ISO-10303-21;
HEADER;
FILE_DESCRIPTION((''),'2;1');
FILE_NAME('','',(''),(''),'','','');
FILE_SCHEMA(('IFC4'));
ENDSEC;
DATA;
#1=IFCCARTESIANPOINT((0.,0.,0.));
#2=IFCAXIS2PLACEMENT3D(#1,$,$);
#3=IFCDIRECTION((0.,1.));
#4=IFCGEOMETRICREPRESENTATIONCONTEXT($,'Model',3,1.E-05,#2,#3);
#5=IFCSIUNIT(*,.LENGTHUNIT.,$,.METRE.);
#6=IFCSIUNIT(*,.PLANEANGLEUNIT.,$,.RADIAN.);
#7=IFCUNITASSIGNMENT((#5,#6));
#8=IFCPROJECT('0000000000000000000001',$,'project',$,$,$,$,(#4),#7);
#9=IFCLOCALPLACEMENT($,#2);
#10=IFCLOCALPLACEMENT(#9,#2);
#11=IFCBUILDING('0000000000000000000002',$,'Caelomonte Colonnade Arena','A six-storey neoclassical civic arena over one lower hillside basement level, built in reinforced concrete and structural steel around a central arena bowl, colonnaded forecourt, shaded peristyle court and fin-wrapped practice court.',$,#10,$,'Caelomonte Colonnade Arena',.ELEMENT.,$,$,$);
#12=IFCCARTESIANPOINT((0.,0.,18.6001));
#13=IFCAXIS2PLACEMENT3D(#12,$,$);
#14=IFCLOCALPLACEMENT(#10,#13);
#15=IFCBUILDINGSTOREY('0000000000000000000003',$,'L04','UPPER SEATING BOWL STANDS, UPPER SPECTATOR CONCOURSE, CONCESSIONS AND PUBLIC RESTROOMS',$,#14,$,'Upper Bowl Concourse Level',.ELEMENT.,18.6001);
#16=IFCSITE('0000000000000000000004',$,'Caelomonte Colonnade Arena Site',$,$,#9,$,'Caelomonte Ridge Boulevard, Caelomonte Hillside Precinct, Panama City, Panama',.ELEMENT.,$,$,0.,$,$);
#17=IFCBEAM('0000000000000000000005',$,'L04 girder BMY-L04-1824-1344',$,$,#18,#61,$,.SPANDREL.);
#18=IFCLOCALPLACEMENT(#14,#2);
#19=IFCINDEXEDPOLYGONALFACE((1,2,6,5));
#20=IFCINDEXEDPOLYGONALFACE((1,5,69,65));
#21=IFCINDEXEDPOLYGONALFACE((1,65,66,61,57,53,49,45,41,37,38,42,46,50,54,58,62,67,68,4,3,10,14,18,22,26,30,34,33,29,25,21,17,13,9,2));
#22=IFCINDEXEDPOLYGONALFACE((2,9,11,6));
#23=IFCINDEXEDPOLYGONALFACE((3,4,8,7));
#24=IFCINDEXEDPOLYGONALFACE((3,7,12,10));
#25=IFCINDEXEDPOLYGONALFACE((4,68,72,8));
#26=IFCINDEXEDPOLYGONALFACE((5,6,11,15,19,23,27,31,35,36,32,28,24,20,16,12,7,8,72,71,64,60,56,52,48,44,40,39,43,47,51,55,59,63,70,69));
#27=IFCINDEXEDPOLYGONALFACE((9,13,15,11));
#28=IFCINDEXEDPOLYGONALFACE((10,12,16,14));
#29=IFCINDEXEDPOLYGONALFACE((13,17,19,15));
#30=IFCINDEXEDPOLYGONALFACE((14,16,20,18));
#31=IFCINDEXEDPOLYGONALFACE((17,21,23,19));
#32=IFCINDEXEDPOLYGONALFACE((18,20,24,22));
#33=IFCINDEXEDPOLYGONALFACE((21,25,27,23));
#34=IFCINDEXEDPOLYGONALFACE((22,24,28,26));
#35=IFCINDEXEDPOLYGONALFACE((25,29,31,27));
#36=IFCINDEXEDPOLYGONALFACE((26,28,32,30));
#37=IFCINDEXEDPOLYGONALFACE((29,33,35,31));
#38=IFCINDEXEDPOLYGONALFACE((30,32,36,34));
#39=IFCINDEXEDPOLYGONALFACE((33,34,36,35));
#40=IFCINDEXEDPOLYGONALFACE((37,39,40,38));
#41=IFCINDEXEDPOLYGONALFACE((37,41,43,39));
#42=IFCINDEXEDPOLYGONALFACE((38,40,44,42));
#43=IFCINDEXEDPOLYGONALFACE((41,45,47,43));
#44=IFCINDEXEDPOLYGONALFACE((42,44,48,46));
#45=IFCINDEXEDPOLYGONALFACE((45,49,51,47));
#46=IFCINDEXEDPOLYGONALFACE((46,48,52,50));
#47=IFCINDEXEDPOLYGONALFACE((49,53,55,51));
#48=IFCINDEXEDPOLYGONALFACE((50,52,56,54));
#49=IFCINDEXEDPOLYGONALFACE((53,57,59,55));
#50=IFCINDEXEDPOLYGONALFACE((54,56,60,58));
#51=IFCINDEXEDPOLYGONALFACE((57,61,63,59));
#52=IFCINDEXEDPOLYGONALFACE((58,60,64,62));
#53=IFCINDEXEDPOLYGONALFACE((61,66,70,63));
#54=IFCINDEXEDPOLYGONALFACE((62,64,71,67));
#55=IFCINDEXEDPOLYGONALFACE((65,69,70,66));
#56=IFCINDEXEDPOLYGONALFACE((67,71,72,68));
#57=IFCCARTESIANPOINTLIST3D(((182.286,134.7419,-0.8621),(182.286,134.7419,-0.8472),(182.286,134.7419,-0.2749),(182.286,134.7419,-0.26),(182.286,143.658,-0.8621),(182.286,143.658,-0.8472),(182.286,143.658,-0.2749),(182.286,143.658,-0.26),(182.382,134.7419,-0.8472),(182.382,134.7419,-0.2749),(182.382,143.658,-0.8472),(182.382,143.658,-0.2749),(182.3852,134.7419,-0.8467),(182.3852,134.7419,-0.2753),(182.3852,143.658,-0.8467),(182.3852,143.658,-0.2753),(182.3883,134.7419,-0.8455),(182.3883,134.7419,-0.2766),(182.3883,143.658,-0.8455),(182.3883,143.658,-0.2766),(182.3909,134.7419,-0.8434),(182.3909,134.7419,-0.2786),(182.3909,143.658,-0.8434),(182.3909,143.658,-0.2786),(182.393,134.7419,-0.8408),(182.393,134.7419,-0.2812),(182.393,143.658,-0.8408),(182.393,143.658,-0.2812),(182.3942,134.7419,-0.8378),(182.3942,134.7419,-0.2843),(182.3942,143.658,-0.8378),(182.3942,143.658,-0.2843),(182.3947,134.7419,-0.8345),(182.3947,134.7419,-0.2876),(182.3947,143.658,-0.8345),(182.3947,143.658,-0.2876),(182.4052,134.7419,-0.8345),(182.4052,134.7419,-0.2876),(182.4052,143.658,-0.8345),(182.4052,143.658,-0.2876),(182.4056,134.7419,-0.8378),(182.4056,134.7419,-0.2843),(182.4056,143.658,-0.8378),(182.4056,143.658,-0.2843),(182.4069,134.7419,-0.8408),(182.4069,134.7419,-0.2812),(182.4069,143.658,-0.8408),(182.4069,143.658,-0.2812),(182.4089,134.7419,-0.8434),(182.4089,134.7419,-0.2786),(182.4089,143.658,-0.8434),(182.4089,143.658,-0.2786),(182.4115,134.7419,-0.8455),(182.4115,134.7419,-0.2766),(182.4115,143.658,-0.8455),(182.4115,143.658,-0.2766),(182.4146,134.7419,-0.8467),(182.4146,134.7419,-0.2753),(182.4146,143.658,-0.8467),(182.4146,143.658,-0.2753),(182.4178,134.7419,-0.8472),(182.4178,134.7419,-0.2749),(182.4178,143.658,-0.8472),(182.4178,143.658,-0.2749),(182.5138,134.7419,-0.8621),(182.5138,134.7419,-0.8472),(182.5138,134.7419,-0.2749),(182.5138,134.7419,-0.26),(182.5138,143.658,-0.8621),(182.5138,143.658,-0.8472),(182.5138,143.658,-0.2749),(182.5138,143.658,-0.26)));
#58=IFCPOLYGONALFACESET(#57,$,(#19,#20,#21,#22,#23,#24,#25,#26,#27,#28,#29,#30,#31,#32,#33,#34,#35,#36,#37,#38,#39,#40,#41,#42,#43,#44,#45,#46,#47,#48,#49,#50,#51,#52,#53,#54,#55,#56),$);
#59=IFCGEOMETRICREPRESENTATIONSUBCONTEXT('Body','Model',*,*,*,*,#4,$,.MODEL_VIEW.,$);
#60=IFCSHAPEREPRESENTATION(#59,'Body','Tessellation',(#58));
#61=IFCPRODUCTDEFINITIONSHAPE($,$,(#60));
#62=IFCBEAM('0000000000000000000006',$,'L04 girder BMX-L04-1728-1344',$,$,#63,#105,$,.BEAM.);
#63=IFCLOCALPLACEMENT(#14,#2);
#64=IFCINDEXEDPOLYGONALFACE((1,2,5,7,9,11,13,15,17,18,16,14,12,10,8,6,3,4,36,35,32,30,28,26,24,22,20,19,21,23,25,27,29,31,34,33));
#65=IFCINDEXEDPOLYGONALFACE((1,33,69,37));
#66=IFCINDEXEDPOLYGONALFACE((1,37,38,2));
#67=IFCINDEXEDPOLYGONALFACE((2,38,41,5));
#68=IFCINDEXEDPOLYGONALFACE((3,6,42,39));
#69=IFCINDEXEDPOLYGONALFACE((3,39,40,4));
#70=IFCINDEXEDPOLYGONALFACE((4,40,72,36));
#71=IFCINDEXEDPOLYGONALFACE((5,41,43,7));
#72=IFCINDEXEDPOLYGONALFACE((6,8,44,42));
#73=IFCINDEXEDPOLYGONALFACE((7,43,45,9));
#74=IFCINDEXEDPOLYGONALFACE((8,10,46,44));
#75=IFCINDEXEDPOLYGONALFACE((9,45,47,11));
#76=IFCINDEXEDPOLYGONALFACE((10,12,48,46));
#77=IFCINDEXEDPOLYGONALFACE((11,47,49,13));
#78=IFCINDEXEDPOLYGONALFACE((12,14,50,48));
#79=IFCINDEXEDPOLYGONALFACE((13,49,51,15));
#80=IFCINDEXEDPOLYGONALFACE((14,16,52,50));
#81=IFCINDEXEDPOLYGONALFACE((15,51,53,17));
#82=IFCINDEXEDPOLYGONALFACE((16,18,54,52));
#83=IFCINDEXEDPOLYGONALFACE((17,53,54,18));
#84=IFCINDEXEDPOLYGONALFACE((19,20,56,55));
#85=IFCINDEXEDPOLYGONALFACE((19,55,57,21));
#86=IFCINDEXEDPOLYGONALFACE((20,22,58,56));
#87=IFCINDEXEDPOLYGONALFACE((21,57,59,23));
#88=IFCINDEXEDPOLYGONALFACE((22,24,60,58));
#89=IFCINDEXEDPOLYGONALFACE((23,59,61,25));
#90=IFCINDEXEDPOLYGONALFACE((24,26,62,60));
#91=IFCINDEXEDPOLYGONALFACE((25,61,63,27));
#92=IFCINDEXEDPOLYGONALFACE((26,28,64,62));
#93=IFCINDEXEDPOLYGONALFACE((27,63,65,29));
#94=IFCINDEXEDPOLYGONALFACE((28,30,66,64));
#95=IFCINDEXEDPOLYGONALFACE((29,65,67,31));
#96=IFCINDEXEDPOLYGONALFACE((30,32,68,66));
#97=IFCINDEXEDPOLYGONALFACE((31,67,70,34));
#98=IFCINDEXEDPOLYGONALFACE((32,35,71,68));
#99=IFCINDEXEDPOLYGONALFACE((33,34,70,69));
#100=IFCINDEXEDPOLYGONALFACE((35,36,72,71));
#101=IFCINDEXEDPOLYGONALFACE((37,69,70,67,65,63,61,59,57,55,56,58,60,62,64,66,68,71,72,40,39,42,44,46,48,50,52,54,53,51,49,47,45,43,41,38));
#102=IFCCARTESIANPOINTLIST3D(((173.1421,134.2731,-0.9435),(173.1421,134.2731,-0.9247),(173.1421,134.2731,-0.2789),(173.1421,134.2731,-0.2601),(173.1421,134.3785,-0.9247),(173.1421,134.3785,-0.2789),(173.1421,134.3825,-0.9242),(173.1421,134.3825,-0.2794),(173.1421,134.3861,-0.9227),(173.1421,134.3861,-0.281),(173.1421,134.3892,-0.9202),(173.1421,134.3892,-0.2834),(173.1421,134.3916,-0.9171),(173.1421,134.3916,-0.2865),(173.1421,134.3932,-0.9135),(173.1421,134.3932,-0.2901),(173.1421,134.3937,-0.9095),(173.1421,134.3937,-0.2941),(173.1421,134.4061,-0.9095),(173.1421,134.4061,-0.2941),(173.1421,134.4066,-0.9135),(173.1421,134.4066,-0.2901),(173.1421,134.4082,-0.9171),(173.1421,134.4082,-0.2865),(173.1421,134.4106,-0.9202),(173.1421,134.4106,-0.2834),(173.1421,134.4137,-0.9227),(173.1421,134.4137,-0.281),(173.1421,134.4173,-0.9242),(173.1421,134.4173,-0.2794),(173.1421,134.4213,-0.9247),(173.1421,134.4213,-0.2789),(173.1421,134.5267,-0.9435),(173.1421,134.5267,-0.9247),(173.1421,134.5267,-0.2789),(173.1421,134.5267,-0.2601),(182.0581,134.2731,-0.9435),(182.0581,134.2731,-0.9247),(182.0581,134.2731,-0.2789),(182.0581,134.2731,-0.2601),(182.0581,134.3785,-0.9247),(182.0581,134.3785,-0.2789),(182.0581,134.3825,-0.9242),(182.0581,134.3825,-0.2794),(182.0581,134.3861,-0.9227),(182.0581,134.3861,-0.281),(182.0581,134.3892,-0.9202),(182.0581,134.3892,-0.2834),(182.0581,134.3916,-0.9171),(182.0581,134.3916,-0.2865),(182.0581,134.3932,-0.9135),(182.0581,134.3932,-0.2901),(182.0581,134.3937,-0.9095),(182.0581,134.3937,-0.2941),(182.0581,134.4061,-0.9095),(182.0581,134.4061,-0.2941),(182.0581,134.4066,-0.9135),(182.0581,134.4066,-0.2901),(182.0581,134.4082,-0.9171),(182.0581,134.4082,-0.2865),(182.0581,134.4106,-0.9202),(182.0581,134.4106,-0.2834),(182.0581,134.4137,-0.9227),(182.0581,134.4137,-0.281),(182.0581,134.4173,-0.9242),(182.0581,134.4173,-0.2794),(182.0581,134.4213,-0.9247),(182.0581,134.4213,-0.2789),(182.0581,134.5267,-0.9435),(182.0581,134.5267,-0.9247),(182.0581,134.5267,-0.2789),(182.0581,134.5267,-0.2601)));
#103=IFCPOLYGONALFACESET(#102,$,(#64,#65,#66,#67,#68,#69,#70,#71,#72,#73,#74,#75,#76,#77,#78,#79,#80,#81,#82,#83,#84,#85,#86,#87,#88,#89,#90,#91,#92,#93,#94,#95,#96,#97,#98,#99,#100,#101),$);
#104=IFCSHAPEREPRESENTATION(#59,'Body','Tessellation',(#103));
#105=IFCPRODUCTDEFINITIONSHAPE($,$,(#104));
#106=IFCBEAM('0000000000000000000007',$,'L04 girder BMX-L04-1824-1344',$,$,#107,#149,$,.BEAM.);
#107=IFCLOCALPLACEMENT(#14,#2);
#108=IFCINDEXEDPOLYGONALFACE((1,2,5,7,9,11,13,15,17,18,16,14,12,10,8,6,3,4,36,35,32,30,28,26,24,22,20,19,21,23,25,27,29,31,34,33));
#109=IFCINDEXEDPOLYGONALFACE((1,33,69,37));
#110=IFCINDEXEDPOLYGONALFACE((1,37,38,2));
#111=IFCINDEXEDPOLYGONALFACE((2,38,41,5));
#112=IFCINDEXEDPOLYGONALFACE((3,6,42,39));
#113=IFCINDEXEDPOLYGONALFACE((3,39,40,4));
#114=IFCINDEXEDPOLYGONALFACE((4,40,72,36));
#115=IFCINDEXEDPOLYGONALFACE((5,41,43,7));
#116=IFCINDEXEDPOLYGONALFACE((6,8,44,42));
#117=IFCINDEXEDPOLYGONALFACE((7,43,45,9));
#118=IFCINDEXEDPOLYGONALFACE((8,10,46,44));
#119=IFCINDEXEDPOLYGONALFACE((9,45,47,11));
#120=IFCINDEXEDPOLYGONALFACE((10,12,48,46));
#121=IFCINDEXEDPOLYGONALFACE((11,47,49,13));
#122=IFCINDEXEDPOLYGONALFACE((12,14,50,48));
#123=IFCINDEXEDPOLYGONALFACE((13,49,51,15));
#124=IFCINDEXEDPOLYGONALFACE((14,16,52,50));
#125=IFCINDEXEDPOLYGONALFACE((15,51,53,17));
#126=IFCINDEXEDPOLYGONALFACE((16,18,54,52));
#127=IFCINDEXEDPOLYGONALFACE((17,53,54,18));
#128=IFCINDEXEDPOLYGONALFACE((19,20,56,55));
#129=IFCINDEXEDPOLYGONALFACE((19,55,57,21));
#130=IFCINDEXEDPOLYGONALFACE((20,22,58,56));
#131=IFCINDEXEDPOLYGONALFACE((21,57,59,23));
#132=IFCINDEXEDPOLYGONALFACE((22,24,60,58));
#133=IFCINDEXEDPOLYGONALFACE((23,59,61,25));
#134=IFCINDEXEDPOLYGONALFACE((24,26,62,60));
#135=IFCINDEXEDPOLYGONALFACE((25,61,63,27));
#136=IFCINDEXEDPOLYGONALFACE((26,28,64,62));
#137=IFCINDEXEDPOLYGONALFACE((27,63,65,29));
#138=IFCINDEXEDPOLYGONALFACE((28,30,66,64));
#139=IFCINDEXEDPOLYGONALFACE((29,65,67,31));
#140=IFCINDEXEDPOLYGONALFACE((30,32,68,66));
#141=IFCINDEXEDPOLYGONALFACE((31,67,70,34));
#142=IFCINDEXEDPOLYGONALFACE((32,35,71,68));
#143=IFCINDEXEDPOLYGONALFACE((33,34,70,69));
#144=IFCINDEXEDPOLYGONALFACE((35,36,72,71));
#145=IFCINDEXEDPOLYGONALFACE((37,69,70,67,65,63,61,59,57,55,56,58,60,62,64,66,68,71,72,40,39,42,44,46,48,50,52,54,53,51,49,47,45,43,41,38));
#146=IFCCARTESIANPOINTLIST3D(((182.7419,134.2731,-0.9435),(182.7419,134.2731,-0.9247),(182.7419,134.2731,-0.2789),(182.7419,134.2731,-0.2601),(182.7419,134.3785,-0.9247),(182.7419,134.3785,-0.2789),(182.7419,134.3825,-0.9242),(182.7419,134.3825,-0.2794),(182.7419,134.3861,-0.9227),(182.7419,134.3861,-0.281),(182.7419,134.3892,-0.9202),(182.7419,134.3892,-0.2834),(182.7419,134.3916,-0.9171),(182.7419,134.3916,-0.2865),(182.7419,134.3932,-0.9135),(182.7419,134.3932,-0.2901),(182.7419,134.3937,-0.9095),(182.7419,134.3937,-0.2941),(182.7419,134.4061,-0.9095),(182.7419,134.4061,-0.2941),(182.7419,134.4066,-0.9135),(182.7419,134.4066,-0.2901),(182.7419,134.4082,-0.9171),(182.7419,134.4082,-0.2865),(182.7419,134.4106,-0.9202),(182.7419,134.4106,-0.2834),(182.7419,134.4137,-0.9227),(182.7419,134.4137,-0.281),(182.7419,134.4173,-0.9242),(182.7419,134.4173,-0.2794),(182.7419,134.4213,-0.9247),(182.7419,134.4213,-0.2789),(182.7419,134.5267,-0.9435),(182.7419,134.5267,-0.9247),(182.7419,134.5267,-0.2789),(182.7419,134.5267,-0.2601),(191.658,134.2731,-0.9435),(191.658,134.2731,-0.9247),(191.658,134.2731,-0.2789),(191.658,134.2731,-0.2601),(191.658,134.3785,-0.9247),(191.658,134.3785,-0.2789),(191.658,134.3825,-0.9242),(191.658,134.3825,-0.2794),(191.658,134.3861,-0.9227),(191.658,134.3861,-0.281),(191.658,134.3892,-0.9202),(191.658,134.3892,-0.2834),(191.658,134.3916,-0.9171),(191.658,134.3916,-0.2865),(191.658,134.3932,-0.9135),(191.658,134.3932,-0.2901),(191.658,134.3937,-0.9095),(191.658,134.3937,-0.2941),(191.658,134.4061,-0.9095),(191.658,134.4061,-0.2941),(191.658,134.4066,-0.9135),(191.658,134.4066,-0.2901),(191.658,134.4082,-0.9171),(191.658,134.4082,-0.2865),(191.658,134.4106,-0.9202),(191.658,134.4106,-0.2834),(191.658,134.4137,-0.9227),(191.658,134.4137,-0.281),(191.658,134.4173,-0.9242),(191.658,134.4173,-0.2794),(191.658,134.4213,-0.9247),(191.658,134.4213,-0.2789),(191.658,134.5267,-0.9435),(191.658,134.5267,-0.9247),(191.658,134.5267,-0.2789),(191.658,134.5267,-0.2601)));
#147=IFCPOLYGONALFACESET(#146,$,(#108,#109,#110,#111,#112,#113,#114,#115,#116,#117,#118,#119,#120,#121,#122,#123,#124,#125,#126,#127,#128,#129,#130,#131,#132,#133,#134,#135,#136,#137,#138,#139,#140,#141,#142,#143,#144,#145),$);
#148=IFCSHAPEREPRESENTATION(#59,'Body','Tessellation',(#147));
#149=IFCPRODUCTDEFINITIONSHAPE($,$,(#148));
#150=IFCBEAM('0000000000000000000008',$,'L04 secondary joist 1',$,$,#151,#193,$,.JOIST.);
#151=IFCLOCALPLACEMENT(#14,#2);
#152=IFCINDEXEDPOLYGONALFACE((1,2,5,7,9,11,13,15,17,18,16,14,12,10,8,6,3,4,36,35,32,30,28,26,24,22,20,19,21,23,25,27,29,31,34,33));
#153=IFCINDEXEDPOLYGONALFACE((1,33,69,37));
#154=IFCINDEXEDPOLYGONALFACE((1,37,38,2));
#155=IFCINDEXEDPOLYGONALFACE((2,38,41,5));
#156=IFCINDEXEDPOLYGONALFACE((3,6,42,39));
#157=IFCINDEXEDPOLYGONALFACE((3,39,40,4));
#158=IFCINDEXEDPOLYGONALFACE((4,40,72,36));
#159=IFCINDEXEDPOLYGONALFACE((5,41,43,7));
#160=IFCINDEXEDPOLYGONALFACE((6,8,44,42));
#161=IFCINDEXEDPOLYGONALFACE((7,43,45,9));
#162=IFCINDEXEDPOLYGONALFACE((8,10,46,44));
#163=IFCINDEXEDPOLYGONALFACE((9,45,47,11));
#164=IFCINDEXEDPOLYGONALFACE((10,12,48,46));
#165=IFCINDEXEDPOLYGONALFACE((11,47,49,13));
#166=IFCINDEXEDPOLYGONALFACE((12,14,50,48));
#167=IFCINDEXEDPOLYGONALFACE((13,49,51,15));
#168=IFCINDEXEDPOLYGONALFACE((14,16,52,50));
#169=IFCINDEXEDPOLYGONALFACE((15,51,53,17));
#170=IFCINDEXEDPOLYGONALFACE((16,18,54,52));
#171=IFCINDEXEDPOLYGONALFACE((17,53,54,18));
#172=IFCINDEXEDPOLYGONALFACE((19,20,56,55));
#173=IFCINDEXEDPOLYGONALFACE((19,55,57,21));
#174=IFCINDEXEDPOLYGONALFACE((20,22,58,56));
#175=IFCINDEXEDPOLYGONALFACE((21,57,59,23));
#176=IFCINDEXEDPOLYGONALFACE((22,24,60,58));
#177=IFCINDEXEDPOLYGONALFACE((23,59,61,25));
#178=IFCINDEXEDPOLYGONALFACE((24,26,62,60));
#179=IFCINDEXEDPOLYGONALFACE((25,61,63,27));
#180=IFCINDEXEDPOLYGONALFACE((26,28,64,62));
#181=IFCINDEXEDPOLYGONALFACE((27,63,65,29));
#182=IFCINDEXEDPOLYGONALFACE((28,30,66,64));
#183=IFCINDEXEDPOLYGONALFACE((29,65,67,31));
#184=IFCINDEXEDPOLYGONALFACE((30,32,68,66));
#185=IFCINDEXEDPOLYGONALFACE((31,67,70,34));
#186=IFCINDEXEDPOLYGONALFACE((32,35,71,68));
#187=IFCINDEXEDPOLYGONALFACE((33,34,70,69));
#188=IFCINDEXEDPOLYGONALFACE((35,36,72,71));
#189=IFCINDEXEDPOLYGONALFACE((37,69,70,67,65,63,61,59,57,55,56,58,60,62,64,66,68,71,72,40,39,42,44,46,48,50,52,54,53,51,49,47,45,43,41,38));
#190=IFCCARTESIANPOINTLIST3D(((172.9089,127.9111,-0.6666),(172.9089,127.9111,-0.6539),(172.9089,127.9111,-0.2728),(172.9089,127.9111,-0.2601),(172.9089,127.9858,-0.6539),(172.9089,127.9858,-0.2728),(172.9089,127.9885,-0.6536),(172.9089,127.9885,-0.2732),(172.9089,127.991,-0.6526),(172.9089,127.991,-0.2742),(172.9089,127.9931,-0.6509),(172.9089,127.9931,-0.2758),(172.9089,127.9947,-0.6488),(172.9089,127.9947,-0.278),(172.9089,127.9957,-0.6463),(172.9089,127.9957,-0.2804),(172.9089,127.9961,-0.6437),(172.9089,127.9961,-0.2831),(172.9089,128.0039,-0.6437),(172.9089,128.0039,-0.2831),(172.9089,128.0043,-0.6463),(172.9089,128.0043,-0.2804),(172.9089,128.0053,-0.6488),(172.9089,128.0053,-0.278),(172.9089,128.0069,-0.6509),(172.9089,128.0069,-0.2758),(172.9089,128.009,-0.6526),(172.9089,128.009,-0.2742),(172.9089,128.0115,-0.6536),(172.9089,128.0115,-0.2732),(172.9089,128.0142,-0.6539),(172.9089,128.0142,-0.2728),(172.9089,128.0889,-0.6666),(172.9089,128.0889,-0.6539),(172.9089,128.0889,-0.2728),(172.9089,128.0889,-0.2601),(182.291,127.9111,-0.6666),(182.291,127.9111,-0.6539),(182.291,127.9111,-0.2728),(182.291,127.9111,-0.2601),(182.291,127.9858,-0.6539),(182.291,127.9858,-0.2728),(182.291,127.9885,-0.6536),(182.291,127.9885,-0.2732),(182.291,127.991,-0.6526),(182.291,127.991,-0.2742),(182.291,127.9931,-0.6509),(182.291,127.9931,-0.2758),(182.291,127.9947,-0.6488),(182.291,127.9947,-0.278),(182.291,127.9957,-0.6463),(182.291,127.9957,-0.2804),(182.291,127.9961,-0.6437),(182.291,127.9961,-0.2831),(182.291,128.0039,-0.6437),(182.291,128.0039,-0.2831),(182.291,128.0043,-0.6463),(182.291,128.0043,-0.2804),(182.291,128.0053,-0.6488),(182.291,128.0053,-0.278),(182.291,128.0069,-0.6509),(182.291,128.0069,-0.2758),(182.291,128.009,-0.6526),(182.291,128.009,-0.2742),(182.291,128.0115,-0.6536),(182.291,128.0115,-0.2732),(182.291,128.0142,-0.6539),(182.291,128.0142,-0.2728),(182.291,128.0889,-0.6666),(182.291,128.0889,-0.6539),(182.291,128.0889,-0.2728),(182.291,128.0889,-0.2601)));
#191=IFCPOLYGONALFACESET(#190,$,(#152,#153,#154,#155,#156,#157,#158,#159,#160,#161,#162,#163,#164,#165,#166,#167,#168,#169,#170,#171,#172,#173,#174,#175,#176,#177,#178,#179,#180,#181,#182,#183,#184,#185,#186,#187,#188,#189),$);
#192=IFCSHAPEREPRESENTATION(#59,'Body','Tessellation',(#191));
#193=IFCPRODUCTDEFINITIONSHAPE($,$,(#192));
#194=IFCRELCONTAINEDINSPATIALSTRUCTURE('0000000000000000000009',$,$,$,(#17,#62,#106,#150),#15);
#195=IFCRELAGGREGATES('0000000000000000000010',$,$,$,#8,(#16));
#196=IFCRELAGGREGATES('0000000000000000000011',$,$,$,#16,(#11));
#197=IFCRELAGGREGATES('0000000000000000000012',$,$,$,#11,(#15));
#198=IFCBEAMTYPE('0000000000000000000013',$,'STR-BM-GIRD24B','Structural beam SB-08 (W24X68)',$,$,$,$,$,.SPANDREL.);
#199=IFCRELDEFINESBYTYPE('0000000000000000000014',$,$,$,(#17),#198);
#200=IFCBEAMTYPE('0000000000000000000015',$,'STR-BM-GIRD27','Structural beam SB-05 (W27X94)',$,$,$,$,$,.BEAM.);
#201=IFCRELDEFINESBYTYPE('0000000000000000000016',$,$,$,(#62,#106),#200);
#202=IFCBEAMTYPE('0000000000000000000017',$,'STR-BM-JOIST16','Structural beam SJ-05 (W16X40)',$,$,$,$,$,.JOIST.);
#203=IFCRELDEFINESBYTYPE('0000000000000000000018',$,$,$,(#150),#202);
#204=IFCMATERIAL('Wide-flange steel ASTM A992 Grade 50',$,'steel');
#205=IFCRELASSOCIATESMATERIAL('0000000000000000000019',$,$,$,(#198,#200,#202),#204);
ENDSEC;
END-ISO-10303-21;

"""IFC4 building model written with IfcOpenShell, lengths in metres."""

from ifc_helpers import new_model, si_unit, direction, frame, origin, origin_2d, place, context, subcontext, project, spatial, i_section, extrude, material, material_profile, profile_set, type_object, element, save


model = new_model("IFC4")

# Units and contexts
model_context = context("Model", 3, precision=1e-05, world=origin(), true_north=direction((0.0, 1.0)))
body_context = subcontext(model_context, "Body", "Model", "MODEL_VIEW")
ifc_project = project(units=[si_unit("LENGTHUNIT", "METRE"), si_unit("PLANEANGLEUNIT", "RADIAN")], contexts=[model_context])

# Site, building, storey
site_placement = place(None, origin())
site = spatial("IfcSite", under=ifc_project, at=site_placement, Name="Caelomonte Colonnade Arena Site", LongName="Caelomonte Ridge Boulevard, Caelomonte Hillside Precinct, Panama City, Panama", CompositionType="ELEMENT", RefElevation=0.0)
building_placement = place(site_placement, origin())
building = spatial("IfcBuilding", under=site, at=building_placement, Name="Caelomonte Colonnade Arena", Description="A six-storey neoclassical civic arena over one lower hillside basement level, built in reinforced concrete and structural steel around a central arena bowl, colonnaded forecourt, shaded peristyle court and fin-wrapped practice court.", LongName="Caelomonte Colonnade Arena", CompositionType="ELEMENT")
storey_placement = place(building_placement, frame((0.0, 0.0, 18.6001)))
storey = spatial("IfcBuildingStorey", under=building, at=storey_placement, Name="L04", Description="UPPER SEATING BOWL STANDS, UPPER SPECTATOR CONCOURSE, CONCESSIONS AND PUBLIC RESTROOMS", LongName="Upper Bowl Concourse Level", CompositionType="ELEMENT", Elevation=18.6001)

# Shared definitions
ifc_material_1 = material(Name="Wide-flange steel ASTM A992 Grade 50", Category="steel")

# Beams
ifc_material_profile_1 = material_profile(ifc_material_1, i_section(OverallWidth=0.2278, OverallDepth=0.6021, WebThickness=0.0105, FlangeThickness=0.0149, FilletRadius=0.0127, at=origin_2d()), Name="W24X68")
ifc_profile_set_1 = profile_set([ifc_material_profile_1], Name="Wide-flange steel ASTM A992 Grade 50")
beam_type_1 = type_object("IfcBeamType", Name="STR-BM-GIRD24B", Description="Structural beam SB-08 (W24X68)", PredefinedType="SPANDREL", material=ifc_profile_set_1)
beam_1_placement = place(storey_placement, frame((182.3999, 134.7419, -0.561), z_axis=(0.0, 1.0, 0.0), x_axis=(-1.0, 0.0, 0.0)))
element("IfcBeam", 1, at=beam_1_placement, inside=storey, type_object=beam_type_1, Name="L04 girder BMY-L04-1824-1344", PredefinedType="SPANDREL", context=body_context, shape_type="SweptSolid", body=[
    extrude(i_section(OverallWidth=0.2278, OverallDepth=0.6021, WebThickness=0.0105, FlangeThickness=0.0149, FilletRadius=0.0127, at=origin_2d()), origin(), (0.0, 0.0, 1.0), 8.916),
])
ifc_material_profile_2 = material_profile(ifc_material_1, i_section(OverallWidth=0.2537, OverallDepth=0.6833, WebThickness=0.0125, FlangeThickness=0.0188, FilletRadius=0.0151, at=origin_2d()), Name="W27X94")
ifc_profile_set_2 = profile_set([ifc_material_profile_2], Name="Wide-flange steel ASTM A992 Grade 50")
beam_type_2 = type_object("IfcBeamType", Name="STR-BM-GIRD27", Description="Structural beam SB-05 (W27X94)", PredefinedType="BEAM", material=ifc_profile_set_2)
for number, where, z_axis, x_axis, name in (
    (2, (173.1421, 134.3999, -0.6018), (1.0, 0.0, 0.0), (0.0, 1.0, 0.0), "L04 girder BMX-L04-1728-1344"),
    (3, (182.7419, 134.3999, -0.6018), (1.0, 0.0, 0.0), (0.0, 1.0, 0.0), "L04 girder BMX-L04-1824-1344"),
):
    element("IfcBeam", number, at=place(storey_placement, frame(where, z_axis=z_axis, x_axis=x_axis)), inside=storey, type_object=beam_type_2, Name=name, PredefinedType="BEAM", context=body_context, shape_type="SweptSolid", body=[
        extrude(i_section(OverallWidth=0.2537, OverallDepth=0.6833, WebThickness=0.0125, FlangeThickness=0.0188, FilletRadius=0.0151, at=origin_2d()), origin(), (0.0, 0.0, 1.0), 8.916),
    ])
ifc_material_profile_3 = material_profile(ifc_material_1, i_section(OverallWidth=0.1777, OverallDepth=0.4065, WebThickness=0.0078, FlangeThickness=0.0127, FilletRadius=0.0103, at=origin_2d()), Name="W16X40")
ifc_profile_set_3 = profile_set([ifc_material_profile_3], Name="Wide-flange steel ASTM A992 Grade 50")
beam_type_3 = type_object("IfcBeamType", Name="STR-BM-JOIST16", Description="Structural beam SJ-05 (W16X40)", PredefinedType="JOIST", material=ifc_profile_set_3)
for number, where, z_axis, x_axis, name in (
    (4, (172.9089, 128.0, -0.4634), (1.0, 0.0, 0.0), (0.0, 1.0, 0.0), "L04 secondary joist 1"),
):
    element("IfcBeam", number, at=place(storey_placement, frame(where, z_axis=z_axis, x_axis=x_axis)), inside=storey, type_object=beam_type_3, Name=name, PredefinedType="JOIST", context=body_context, shape_type="SweptSolid", body=[
        extrude(i_section(OverallWidth=0.1777, OverallDepth=0.4065, WebThickness=0.0078, FlangeThickness=0.0127, FilletRadius=0.0103, at=origin_2d()), origin(), (0.0, 0.0, 1.0), 9.3821),
    ])

save(model, "model.ifc")
